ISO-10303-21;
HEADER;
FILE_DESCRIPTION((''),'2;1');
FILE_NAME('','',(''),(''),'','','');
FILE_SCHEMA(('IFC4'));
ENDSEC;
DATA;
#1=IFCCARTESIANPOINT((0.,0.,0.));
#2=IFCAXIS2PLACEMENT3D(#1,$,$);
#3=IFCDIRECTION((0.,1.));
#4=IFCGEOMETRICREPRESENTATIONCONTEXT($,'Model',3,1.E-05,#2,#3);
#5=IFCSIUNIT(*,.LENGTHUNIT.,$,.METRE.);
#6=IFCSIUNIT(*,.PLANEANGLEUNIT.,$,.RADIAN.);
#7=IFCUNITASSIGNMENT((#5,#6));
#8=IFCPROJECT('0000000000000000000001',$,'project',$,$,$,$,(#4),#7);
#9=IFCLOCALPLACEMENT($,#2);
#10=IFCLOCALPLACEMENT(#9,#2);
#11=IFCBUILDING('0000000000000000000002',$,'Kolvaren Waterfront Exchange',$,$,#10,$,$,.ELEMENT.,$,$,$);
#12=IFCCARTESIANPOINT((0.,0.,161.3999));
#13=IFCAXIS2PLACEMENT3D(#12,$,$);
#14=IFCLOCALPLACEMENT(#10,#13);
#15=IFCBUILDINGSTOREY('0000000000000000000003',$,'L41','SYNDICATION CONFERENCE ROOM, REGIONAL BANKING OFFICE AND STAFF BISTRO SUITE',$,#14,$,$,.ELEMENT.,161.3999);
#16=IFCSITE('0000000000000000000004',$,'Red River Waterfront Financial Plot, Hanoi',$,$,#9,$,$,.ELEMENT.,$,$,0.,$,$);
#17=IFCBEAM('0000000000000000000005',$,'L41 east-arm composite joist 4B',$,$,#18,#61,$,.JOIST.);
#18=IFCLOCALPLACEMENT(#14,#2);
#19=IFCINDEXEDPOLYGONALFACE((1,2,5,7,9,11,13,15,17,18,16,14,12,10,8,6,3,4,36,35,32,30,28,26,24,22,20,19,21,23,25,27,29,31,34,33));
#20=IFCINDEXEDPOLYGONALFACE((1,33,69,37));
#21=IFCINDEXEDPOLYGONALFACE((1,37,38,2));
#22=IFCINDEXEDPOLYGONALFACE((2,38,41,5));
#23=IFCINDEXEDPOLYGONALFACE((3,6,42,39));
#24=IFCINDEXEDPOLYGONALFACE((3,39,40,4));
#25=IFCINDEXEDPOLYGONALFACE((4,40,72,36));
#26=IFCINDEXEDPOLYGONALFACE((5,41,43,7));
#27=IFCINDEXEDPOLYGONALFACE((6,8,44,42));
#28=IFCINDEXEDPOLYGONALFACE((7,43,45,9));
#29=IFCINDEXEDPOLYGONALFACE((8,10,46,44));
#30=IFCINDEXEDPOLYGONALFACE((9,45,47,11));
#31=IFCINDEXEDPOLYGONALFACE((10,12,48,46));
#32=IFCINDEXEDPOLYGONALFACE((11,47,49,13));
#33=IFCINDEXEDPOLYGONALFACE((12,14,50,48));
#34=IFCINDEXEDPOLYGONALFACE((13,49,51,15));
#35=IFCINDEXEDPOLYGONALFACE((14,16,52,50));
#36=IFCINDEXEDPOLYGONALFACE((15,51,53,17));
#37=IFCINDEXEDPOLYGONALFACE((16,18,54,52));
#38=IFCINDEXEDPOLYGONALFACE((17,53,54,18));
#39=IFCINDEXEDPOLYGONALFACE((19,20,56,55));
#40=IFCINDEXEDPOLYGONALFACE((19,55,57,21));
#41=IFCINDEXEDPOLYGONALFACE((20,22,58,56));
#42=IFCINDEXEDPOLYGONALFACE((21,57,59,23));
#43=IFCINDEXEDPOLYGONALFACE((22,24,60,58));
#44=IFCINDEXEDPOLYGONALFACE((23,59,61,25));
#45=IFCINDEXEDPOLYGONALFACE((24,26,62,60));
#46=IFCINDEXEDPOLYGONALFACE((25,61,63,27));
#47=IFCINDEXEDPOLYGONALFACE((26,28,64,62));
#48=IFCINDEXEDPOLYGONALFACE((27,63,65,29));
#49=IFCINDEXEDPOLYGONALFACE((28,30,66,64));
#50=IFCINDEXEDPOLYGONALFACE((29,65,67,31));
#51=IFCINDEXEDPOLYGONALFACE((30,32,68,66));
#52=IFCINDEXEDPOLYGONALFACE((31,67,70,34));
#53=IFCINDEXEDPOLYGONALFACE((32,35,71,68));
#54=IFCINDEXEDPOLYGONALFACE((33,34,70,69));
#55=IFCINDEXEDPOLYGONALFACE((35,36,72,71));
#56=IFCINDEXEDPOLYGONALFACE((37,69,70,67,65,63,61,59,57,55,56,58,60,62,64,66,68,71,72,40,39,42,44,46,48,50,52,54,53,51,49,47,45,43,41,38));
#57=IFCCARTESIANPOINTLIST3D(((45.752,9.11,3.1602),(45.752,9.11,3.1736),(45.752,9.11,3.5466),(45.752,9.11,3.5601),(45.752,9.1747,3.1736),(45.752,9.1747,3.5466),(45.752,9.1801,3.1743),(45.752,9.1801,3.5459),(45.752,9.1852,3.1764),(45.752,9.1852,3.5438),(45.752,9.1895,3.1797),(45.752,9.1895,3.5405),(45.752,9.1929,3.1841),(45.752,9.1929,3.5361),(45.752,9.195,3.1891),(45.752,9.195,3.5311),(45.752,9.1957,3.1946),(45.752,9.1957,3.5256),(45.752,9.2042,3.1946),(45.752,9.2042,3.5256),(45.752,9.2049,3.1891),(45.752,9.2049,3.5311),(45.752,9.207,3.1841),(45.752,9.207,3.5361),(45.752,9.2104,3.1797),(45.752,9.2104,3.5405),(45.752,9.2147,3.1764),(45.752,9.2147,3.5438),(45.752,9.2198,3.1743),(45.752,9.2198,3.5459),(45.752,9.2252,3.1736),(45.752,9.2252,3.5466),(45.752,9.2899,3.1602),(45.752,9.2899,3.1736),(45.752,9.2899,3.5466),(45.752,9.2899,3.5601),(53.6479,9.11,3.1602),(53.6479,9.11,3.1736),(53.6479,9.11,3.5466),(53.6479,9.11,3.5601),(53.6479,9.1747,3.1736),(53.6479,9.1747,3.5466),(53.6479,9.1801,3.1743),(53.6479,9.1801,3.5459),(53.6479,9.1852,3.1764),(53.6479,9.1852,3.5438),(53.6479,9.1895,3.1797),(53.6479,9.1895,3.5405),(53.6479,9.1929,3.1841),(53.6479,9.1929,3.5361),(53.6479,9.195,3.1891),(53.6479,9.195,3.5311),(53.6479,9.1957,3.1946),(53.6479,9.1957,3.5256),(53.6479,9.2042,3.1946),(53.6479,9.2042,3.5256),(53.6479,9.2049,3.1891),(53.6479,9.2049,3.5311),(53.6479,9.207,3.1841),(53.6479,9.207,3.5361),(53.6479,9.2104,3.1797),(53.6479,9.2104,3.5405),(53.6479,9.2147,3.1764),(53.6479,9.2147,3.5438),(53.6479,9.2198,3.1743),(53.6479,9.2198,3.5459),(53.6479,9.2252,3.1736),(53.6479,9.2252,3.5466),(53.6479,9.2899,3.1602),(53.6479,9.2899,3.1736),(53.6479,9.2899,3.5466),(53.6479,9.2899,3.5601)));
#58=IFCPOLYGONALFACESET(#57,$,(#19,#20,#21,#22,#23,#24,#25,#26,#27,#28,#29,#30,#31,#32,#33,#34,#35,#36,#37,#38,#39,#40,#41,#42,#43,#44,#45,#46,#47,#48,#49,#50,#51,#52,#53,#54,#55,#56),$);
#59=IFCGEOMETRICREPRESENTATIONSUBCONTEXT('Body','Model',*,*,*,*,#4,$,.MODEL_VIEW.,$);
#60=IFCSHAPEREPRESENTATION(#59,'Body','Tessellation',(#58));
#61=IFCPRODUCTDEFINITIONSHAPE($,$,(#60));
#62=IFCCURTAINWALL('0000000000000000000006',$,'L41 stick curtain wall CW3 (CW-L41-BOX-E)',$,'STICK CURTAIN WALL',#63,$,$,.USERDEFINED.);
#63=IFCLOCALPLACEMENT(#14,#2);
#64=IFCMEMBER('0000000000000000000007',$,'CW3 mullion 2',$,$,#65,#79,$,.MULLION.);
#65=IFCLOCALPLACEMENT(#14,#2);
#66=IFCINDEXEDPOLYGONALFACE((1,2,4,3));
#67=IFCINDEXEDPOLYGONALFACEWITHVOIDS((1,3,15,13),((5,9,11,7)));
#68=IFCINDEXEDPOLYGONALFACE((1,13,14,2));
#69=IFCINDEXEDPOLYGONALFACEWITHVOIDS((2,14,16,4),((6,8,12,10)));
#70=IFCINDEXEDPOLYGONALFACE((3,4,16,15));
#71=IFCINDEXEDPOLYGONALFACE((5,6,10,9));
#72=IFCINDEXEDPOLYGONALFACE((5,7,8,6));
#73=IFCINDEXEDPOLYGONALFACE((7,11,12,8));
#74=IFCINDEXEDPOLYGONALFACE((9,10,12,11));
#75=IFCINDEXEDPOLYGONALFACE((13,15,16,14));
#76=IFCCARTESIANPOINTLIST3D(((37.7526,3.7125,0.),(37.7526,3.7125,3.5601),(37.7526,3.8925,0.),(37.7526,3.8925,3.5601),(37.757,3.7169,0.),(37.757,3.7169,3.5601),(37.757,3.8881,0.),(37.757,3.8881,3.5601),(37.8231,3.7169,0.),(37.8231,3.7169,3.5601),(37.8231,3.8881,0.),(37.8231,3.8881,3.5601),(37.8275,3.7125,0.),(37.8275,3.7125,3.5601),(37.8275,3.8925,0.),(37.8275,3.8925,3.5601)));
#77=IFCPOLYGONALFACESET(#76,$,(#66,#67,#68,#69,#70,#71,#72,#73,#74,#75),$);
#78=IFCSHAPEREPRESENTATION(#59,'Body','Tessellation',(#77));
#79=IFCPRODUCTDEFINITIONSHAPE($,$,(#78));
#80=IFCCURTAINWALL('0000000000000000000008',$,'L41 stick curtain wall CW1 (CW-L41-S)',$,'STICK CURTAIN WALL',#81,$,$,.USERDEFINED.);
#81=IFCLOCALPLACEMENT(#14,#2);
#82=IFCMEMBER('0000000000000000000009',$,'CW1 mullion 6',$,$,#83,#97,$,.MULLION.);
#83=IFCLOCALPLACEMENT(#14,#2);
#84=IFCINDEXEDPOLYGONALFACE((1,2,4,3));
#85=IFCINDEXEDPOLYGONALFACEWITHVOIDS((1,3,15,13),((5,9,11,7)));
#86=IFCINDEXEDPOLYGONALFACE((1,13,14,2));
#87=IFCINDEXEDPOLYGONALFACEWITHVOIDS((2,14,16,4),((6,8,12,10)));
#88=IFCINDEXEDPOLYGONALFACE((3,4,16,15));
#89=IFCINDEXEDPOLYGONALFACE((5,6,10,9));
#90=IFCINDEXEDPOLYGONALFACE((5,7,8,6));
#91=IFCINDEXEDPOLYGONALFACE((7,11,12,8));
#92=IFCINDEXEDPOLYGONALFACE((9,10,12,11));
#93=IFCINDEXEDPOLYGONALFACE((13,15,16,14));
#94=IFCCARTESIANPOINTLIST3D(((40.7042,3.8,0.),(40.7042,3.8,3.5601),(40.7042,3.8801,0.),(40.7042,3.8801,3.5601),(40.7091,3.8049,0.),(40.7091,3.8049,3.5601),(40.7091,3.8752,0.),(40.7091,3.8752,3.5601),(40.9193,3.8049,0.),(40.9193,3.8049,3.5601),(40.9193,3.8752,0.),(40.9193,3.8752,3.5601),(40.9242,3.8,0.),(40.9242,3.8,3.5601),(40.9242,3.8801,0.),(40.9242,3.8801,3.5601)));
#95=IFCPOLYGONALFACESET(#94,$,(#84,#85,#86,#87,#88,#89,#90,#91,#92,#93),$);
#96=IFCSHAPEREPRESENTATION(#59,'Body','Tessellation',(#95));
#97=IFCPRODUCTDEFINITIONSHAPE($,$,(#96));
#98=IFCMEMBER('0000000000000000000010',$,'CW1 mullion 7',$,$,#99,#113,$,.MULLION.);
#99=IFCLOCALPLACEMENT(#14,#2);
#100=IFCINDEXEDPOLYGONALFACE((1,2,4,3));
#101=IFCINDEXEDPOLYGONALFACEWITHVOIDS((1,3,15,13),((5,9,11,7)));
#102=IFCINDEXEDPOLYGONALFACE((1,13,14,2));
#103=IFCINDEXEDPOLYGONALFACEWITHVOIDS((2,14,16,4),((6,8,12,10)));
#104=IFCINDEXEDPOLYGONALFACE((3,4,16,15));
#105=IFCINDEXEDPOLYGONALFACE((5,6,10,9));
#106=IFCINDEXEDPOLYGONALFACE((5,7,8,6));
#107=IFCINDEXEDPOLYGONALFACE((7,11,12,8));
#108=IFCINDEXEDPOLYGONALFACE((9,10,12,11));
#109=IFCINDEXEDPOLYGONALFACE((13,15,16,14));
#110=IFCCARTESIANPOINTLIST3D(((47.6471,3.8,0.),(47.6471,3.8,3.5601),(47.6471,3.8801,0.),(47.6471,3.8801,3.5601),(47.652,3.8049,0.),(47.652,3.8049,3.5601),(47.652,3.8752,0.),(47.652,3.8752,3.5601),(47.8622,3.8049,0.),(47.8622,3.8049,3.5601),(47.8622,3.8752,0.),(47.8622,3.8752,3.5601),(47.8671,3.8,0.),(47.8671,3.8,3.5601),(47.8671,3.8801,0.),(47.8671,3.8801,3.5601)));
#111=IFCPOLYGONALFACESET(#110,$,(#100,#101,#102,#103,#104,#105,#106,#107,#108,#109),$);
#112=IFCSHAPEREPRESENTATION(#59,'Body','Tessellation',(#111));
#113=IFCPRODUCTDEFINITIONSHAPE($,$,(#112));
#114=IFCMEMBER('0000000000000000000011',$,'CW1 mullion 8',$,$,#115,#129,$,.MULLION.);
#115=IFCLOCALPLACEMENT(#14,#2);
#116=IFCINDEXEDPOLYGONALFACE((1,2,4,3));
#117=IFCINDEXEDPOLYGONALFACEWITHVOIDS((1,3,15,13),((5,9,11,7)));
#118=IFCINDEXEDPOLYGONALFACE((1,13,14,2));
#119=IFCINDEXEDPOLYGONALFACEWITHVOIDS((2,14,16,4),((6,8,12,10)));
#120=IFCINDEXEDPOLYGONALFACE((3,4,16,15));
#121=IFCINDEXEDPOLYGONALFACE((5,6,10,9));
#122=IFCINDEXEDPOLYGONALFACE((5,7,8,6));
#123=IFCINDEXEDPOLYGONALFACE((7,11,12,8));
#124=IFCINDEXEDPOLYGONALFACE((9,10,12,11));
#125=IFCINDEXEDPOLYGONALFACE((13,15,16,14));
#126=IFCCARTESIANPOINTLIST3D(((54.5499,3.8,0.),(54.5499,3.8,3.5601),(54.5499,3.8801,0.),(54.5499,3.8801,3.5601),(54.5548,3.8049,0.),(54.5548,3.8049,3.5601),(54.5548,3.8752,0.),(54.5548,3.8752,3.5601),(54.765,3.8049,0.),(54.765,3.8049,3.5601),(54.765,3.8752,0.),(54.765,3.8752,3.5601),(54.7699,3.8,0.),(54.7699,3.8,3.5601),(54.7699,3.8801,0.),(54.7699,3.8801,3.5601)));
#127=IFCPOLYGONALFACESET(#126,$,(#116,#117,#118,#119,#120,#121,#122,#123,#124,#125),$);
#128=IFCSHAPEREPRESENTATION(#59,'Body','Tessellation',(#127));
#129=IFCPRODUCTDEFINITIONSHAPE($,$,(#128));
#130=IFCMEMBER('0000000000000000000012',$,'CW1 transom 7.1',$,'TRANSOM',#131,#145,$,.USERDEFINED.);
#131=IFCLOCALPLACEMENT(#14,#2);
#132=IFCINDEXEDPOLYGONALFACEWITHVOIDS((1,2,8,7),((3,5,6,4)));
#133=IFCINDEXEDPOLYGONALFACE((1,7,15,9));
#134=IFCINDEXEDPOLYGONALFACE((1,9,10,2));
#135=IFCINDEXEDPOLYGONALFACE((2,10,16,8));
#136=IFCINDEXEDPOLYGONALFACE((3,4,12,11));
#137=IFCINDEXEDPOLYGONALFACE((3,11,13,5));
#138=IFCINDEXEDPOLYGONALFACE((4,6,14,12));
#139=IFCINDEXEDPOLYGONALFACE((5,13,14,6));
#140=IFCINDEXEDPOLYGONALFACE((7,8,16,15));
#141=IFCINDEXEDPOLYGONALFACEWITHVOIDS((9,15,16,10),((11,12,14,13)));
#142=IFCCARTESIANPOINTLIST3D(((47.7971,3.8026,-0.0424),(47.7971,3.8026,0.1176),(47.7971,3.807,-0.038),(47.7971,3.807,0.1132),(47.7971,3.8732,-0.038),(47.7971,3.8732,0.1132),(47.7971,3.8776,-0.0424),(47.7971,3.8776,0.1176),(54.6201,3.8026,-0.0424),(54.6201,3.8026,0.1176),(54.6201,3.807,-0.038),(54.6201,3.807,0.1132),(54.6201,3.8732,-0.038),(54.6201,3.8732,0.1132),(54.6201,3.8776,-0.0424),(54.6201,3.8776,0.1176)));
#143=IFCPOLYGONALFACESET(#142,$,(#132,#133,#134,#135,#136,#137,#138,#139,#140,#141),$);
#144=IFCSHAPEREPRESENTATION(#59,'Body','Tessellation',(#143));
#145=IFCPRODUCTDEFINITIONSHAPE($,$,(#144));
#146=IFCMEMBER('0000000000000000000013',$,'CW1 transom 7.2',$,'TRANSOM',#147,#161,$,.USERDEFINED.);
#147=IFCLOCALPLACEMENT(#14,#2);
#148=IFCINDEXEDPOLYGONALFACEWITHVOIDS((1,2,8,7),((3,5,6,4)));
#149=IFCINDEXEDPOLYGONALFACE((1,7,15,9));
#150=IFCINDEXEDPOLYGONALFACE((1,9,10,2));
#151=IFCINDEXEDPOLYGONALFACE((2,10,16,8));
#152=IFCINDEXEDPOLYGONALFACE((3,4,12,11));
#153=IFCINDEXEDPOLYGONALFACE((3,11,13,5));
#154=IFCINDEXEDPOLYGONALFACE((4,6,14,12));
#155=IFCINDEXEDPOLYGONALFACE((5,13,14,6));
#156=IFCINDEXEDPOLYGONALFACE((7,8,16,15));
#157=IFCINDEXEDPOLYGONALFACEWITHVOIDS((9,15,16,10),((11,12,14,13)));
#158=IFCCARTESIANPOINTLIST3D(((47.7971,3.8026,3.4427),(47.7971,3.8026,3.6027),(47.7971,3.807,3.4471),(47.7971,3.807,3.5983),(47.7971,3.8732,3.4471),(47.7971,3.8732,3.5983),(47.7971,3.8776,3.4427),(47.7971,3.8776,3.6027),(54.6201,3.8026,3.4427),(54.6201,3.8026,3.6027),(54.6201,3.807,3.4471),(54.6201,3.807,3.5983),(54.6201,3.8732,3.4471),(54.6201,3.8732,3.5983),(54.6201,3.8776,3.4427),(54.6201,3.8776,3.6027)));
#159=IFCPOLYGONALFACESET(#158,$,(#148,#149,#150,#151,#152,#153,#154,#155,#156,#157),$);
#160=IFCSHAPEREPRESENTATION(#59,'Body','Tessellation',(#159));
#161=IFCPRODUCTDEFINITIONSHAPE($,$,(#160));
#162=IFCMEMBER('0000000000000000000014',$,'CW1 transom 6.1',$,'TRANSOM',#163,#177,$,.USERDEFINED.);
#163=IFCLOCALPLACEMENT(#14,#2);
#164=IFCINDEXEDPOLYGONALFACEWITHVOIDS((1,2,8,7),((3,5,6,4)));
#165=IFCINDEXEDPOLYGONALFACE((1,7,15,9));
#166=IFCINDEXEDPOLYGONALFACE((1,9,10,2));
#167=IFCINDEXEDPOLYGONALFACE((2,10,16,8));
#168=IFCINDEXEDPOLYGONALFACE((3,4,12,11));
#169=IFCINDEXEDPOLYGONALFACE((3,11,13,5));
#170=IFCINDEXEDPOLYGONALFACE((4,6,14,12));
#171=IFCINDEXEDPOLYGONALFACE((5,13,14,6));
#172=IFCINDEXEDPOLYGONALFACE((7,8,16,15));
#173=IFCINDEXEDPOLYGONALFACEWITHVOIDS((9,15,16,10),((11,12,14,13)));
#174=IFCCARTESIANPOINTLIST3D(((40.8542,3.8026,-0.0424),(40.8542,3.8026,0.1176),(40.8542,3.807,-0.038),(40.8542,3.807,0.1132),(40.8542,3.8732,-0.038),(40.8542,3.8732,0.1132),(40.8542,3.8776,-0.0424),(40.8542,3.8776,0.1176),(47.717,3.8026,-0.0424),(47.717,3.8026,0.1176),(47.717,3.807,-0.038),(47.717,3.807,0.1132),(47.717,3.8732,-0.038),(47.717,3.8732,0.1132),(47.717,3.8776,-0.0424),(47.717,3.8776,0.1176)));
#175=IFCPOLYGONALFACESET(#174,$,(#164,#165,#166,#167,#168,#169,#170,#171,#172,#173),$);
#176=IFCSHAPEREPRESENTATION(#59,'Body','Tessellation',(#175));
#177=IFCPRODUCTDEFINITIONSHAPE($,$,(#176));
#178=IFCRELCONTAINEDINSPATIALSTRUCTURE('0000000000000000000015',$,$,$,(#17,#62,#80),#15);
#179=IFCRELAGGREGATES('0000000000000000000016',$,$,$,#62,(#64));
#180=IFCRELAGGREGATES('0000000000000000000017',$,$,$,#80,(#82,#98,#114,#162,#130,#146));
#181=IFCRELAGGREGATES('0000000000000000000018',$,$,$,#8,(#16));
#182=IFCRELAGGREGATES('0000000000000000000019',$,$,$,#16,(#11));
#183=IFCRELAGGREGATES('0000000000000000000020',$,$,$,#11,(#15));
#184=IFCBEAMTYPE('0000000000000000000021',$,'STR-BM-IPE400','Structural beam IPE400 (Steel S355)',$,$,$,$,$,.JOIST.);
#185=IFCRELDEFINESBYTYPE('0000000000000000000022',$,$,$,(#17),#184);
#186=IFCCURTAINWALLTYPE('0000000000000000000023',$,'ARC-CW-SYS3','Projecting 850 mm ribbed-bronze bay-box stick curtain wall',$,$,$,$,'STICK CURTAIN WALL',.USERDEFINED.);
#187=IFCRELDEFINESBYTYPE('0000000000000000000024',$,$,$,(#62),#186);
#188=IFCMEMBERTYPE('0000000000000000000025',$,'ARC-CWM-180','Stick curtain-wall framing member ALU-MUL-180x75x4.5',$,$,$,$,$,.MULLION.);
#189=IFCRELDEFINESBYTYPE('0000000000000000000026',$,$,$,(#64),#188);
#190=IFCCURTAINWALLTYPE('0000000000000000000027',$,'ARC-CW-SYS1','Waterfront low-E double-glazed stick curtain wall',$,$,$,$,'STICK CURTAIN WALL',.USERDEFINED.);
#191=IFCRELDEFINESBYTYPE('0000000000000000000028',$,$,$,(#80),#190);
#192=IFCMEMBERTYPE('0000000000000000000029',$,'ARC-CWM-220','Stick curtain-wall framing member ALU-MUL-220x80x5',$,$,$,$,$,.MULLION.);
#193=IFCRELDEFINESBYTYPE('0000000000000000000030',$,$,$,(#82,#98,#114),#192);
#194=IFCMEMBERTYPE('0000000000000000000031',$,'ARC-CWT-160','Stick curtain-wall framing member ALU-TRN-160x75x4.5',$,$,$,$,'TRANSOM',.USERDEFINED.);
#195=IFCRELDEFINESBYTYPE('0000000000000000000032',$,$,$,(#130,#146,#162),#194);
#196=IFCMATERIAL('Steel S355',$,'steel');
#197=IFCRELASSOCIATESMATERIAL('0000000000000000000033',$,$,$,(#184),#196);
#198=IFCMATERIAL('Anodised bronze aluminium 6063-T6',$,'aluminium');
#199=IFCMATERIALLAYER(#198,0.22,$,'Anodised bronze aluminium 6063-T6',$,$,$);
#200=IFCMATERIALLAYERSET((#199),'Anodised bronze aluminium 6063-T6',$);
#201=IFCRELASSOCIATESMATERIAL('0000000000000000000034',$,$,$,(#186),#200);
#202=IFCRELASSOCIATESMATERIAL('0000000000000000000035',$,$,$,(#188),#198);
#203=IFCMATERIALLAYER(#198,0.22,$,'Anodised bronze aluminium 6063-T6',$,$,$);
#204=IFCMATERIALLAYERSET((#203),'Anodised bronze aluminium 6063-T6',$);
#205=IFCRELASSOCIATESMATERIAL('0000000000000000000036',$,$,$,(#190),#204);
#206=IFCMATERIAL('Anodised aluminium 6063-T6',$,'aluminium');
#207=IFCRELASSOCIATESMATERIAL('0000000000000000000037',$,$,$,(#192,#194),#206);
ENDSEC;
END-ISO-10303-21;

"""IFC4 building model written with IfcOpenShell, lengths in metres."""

from ifc_helpers import new_model, si_unit, direction, frame, origin, origin_with_axes, origin_2d, place, context, subcontext, project, spatial, hollow_rectangle, i_section, extrude, source, transform, mapped, material, layer, layer_set, material_profile, profile_set, type_object, element, aggregate, save


model = new_model("IFC4")

# Units and contexts
model_context = context("Model", 3, precision=1e-05, world=origin(), true_north=direction((0.0, 1.0)))
body_context = subcontext(model_context, "Body", "Model", "MODEL_VIEW")
ifc_project = project(units=[si_unit("LENGTHUNIT", "METRE"), si_unit("PLANEANGLEUNIT", "RADIAN")], contexts=[model_context])

# Site, building, storey
site_placement = place(None, origin())
site = spatial("IfcSite", under=ifc_project, at=site_placement, Name="Red River Waterfront Financial Plot, Hanoi", CompositionType="ELEMENT", RefElevation=0.0)
building_placement = place(site_placement, origin())
building = spatial("IfcBuilding", under=site, at=building_placement, Name="Kolvaren Waterfront Exchange", CompositionType="ELEMENT")
storey_placement = place(building_placement, frame((0.0, 0.0, 161.3999)))
storey = spatial("IfcBuildingStorey", under=building, at=storey_placement, Name="L41", Description="SYNDICATION CONFERENCE ROOM, REGIONAL BANKING OFFICE AND STAFF BISTRO SUITE", CompositionType="ELEMENT", Elevation=161.3999)

# Beam
ifc_material_1 = material(Name="Steel S355", Category="steel")
ifc_material_profile_1 = material_profile(ifc_material_1, i_section(OverallWidth=0.1799, OverallDepth=0.3999, WebThickness=0.0085, FlangeThickness=0.0134, FilletRadius=0.021, at=origin_2d()), Name="IPE400")
ifc_profile_set_1 = profile_set([ifc_material_profile_1], Name="Steel S355")
beam_type_1 = type_object("IfcBeamType", Name="STR-BM-IPE400", Description="Structural beam IPE400 (Steel S355)", PredefinedType="JOIST", material=ifc_profile_set_1)
beam_1_placement = place(storey_placement, frame((45.752, 9.2, 3.3601), z_axis=(1.0, 0.0, 0.0), x_axis=(0.0, 1.0, 0.0)))
element("IfcBeam", 1, at=beam_1_placement, inside=storey, type_object=beam_type_1, Name="L41 east-arm composite joist 4B", PredefinedType="JOIST", context=body_context, shape_type="SweptSolid", body=[
    extrude(i_section(OverallWidth=0.1799, OverallDepth=0.3999, WebThickness=0.0085, FlangeThickness=0.0134, FilletRadius=0.021, at=origin_2d()), origin(), (0.0, 0.0, 1.0), 7.896),
])

# Curtain wall, member
ifc_material_2 = material(Name="Anodised bronze aluminium 6063-T6", Category="aluminium")
ifc_layer_1 = layer(ifc_material_2, 0.22, Name="Anodised bronze aluminium 6063-T6")
ifc_layer_set_1 = layer_set([ifc_layer_1], Name="Anodised bronze aluminium 6063-T6")
curtain_wall_type_1 = type_object("IfcCurtainWallType", Name="ARC-CW-SYS3", Description="Projecting 850 mm ribbed-bronze bay-box stick curtain wall", ElementType="STICK CURTAIN WALL", PredefinedType="USERDEFINED", material=ifc_layer_set_1)
curtain_wall_1_placement = place(storey_placement, origin())
curtain_wall_1 = element("IfcCurtainWall", 2, at=curtain_wall_1_placement, inside=storey, type_object=curtain_wall_type_1, Name="L41 stick curtain wall CW3 (CW-L41-BOX-E)", ObjectType="STICK CURTAIN WALL", PredefinedType="USERDEFINED")
ifc_material_profile_2 = material_profile(ifc_material_2, hollow_rectangle(XDim=0.075, YDim=0.1799, WallThickness=0.0044, at=origin_2d()), Name="ALU-MUL-180x75x4.5")
ifc_profile_set_2 = profile_set([ifc_material_profile_2], Name="Anodised bronze aluminium 6063-T6")
member_type_1 = type_object("IfcMemberType", Name="ARC-CWM-180", Description="Stick curtain-wall framing member ALU-MUL-180x75x4.5", PredefinedType="MULLION", material=ifc_profile_set_2)
shared_shape_1 = source(origin_with_axes(), body_context, "Body", "SweptSolid", [
    extrude(hollow_rectangle(XDim=0.075, YDim=0.1799, WallThickness=0.0044, at=origin_2d()), origin(), (0.0, 0.0, 1.0), 3.5601),
])
member_1_placement = place(storey_placement, frame((37.79, 3.8025, 0.0), z_axis=(0.0, 0.0, 1.0), x_axis=(-1.0, 0.0, 0.0)))
member_1 = element("IfcMember", 3, at=member_1_placement, type_object=member_type_1, Name="CW3 mullion 2", PredefinedType="MULLION", context=body_context, shape_type="MappedRepresentation", body=[
    mapped(shared_shape_1, transform((0.0, 0.0, 0.0), x_axis=(1.0, 0.0, 0.0), y_axis=(0.0, 1.0, 0.0), z_axis=(0.0, 0.0, 1.0), scale=1.0)),
])

# Curtain wall, members
ifc_layer_2 = layer(ifc_material_2, 0.22, Name="Anodised bronze aluminium 6063-T6")
ifc_layer_set_2 = layer_set([ifc_layer_2], Name="Anodised bronze aluminium 6063-T6")
curtain_wall_type_2 = type_object("IfcCurtainWallType", Name="ARC-CW-SYS1", Description="Waterfront low-E double-glazed stick curtain wall", ElementType="STICK CURTAIN WALL", PredefinedType="USERDEFINED", material=ifc_layer_set_2)
curtain_wall_2_placement = place(storey_placement, origin())
curtain_wall_2 = element("IfcCurtainWall", 4, at=curtain_wall_2_placement, inside=storey, type_object=curtain_wall_type_2, Name="L41 stick curtain wall CW1 (CW-L41-S)", ObjectType="STICK CURTAIN WALL", PredefinedType="USERDEFINED")
ifc_material_3 = material(Name="Anodised aluminium 6063-T6", Category="aluminium")
ifc_material_profile_3 = material_profile(ifc_material_3, hollow_rectangle(XDim=0.0801, YDim=0.22, WallThickness=0.0049, at=origin_2d()), Name="ALU-MUL-220x80x5")
ifc_profile_set_3 = profile_set([ifc_material_profile_3], Name="Anodised aluminium 6063-T6")
member_type_2 = type_object("IfcMemberType", Name="ARC-CWM-220", Description="Stick curtain-wall framing member ALU-MUL-220x80x5", PredefinedType="MULLION", material=ifc_profile_set_3)
shared_shape_2 = source(origin_with_axes(), body_context, "Body", "SweptSolid", [
    extrude(hollow_rectangle(XDim=0.0801, YDim=0.22, WallThickness=0.0049, at=origin_2d()), origin(), (0.0, 0.0, 1.0), 3.5601),
])
member_2_placement = place(storey_placement, frame((40.8142, 3.8401, 0.0), z_axis=(0.0, 0.0, 1.0), x_axis=(0.0, 1.0, 0.0)))
member_2 = element("IfcMember", 5, at=member_2_placement, type_object=member_type_2, Name="CW1 mullion 6", PredefinedType="MULLION", context=body_context, shape_type="MappedRepresentation", body=[
    mapped(shared_shape_2, transform((0.0, 0.0, 0.0), x_axis=(1.0, 0.0, 0.0), y_axis=(0.0, 1.0, 0.0), z_axis=(0.0, 0.0, 1.0), scale=1.0)),
])
member_3_placement = place(storey_placement, frame((47.7571, 3.8401, 0.0), z_axis=(0.0, 0.0, 1.0), x_axis=(0.0, 1.0, 0.0)))
member_3 = element("IfcMember", 6, at=member_3_placement, type_object=member_type_2, Name="CW1 mullion 7", PredefinedType="MULLION", context=body_context, shape_type="MappedRepresentation", body=[
    mapped(shared_shape_2, transform((0.0, 0.0, 0.0), x_axis=(1.0, 0.0, 0.0), y_axis=(0.0, 1.0, 0.0), z_axis=(0.0, 0.0, 1.0), scale=1.0)),
])
member_4_placement = place(storey_placement, frame((54.6599, 3.8401, 0.0), z_axis=(0.0, 0.0, 1.0), x_axis=(0.0, 1.0, 0.0)))
member_4 = element("IfcMember", 7, at=member_4_placement, type_object=member_type_2, Name="CW1 mullion 8", PredefinedType="MULLION", context=body_context, shape_type="MappedRepresentation", body=[
    mapped(shared_shape_2, transform((0.0, 0.0, 0.0), x_axis=(1.0, 0.0, 0.0), y_axis=(0.0, 1.0, 0.0), z_axis=(0.0, 0.0, 1.0), scale=1.0)),
])
ifc_material_profile_4 = material_profile(ifc_material_3, hollow_rectangle(XDim=0.075, YDim=0.1599, WallThickness=0.0044, at=origin_2d()), Name="ALU-TRN-160x75x4.5")
ifc_profile_set_4 = profile_set([ifc_material_profile_4], Name="Anodised aluminium 6063-T6")
member_type_3 = type_object("IfcMemberType", Name="ARC-CWT-160", Description="Stick curtain-wall framing member ALU-TRN-160x75x4.5", ElementType="TRANSOM", PredefinedType="USERDEFINED", material=ifc_profile_set_4)
shared_shape_3 = source(origin_with_axes(), body_context, "Body", "SweptSolid", [
    extrude(hollow_rectangle(XDim=0.075, YDim=0.1599, WallThickness=0.0044, at=origin_2d()), origin(), (0.0, 0.0, 1.0), 6.823),
])
member_5_placement = place(storey_placement, frame((47.7971, 3.8401, 0.0376), z_axis=(1.0, 0.0, 0.0), x_axis=(0.0, 1.0, 0.0)))
member_5 = element("IfcMember", 8, at=member_5_placement, type_object=member_type_3, Name="CW1 transom 7.1", ObjectType="TRANSOM", PredefinedType="USERDEFINED", context=body_context, shape_type="MappedRepresentation", body=[
    mapped(shared_shape_3, transform((0.0, 0.0, 0.0), x_axis=(1.0, 0.0, 0.0), y_axis=(0.0, 1.0, 0.0), z_axis=(0.0, 0.0, 1.0), scale=1.0)),
])
member_6_placement = place(storey_placement, frame((47.7971, 3.8401, 3.5227), z_axis=(1.0, 0.0, 0.0), x_axis=(0.0, 1.0, 0.0)))
member_6 = element("IfcMember", 9, at=member_6_placement, type_object=member_type_3, Name="CW1 transom 7.2", ObjectType="TRANSOM", PredefinedType="USERDEFINED", context=body_context, shape_type="MappedRepresentation", body=[
    mapped(shared_shape_3, transform((0.0, 0.0, 0.0), x_axis=(1.0, 0.0, 0.0), y_axis=(0.0, 1.0, 0.0), z_axis=(0.0, 0.0, 1.0), scale=1.0)),
])
shared_shape_4 = source(origin_with_axes(), body_context, "Body", "SweptSolid", [
    extrude(hollow_rectangle(XDim=0.075, YDim=0.1599, WallThickness=0.0044, at=origin_2d()), origin(), (0.0, 0.0, 1.0), 6.8628),
])
member_7_placement = place(storey_placement, frame((40.8542, 3.8401, 0.0376), z_axis=(1.0, 0.0, 0.0), x_axis=(0.0, 1.0, 0.0)))
member_7 = element("IfcMember", 10, at=member_7_placement, type_object=member_type_3, Name="CW1 transom 6.1", ObjectType="TRANSOM", PredefinedType="USERDEFINED", context=body_context, shape_type="MappedRepresentation", body=[
    mapped(shared_shape_4, transform((0.0, 0.0, 0.0), x_axis=(1.0, 0.0, 0.0), y_axis=(0.0, 1.0, 0.0), z_axis=(0.0, 0.0, 1.0), scale=1.0)),
])

aggregate(curtain_wall_1, [member_1])
aggregate(curtain_wall_2, [member_2, member_3, member_4, member_7, member_5, member_6])

save(model, "model.ifc")
